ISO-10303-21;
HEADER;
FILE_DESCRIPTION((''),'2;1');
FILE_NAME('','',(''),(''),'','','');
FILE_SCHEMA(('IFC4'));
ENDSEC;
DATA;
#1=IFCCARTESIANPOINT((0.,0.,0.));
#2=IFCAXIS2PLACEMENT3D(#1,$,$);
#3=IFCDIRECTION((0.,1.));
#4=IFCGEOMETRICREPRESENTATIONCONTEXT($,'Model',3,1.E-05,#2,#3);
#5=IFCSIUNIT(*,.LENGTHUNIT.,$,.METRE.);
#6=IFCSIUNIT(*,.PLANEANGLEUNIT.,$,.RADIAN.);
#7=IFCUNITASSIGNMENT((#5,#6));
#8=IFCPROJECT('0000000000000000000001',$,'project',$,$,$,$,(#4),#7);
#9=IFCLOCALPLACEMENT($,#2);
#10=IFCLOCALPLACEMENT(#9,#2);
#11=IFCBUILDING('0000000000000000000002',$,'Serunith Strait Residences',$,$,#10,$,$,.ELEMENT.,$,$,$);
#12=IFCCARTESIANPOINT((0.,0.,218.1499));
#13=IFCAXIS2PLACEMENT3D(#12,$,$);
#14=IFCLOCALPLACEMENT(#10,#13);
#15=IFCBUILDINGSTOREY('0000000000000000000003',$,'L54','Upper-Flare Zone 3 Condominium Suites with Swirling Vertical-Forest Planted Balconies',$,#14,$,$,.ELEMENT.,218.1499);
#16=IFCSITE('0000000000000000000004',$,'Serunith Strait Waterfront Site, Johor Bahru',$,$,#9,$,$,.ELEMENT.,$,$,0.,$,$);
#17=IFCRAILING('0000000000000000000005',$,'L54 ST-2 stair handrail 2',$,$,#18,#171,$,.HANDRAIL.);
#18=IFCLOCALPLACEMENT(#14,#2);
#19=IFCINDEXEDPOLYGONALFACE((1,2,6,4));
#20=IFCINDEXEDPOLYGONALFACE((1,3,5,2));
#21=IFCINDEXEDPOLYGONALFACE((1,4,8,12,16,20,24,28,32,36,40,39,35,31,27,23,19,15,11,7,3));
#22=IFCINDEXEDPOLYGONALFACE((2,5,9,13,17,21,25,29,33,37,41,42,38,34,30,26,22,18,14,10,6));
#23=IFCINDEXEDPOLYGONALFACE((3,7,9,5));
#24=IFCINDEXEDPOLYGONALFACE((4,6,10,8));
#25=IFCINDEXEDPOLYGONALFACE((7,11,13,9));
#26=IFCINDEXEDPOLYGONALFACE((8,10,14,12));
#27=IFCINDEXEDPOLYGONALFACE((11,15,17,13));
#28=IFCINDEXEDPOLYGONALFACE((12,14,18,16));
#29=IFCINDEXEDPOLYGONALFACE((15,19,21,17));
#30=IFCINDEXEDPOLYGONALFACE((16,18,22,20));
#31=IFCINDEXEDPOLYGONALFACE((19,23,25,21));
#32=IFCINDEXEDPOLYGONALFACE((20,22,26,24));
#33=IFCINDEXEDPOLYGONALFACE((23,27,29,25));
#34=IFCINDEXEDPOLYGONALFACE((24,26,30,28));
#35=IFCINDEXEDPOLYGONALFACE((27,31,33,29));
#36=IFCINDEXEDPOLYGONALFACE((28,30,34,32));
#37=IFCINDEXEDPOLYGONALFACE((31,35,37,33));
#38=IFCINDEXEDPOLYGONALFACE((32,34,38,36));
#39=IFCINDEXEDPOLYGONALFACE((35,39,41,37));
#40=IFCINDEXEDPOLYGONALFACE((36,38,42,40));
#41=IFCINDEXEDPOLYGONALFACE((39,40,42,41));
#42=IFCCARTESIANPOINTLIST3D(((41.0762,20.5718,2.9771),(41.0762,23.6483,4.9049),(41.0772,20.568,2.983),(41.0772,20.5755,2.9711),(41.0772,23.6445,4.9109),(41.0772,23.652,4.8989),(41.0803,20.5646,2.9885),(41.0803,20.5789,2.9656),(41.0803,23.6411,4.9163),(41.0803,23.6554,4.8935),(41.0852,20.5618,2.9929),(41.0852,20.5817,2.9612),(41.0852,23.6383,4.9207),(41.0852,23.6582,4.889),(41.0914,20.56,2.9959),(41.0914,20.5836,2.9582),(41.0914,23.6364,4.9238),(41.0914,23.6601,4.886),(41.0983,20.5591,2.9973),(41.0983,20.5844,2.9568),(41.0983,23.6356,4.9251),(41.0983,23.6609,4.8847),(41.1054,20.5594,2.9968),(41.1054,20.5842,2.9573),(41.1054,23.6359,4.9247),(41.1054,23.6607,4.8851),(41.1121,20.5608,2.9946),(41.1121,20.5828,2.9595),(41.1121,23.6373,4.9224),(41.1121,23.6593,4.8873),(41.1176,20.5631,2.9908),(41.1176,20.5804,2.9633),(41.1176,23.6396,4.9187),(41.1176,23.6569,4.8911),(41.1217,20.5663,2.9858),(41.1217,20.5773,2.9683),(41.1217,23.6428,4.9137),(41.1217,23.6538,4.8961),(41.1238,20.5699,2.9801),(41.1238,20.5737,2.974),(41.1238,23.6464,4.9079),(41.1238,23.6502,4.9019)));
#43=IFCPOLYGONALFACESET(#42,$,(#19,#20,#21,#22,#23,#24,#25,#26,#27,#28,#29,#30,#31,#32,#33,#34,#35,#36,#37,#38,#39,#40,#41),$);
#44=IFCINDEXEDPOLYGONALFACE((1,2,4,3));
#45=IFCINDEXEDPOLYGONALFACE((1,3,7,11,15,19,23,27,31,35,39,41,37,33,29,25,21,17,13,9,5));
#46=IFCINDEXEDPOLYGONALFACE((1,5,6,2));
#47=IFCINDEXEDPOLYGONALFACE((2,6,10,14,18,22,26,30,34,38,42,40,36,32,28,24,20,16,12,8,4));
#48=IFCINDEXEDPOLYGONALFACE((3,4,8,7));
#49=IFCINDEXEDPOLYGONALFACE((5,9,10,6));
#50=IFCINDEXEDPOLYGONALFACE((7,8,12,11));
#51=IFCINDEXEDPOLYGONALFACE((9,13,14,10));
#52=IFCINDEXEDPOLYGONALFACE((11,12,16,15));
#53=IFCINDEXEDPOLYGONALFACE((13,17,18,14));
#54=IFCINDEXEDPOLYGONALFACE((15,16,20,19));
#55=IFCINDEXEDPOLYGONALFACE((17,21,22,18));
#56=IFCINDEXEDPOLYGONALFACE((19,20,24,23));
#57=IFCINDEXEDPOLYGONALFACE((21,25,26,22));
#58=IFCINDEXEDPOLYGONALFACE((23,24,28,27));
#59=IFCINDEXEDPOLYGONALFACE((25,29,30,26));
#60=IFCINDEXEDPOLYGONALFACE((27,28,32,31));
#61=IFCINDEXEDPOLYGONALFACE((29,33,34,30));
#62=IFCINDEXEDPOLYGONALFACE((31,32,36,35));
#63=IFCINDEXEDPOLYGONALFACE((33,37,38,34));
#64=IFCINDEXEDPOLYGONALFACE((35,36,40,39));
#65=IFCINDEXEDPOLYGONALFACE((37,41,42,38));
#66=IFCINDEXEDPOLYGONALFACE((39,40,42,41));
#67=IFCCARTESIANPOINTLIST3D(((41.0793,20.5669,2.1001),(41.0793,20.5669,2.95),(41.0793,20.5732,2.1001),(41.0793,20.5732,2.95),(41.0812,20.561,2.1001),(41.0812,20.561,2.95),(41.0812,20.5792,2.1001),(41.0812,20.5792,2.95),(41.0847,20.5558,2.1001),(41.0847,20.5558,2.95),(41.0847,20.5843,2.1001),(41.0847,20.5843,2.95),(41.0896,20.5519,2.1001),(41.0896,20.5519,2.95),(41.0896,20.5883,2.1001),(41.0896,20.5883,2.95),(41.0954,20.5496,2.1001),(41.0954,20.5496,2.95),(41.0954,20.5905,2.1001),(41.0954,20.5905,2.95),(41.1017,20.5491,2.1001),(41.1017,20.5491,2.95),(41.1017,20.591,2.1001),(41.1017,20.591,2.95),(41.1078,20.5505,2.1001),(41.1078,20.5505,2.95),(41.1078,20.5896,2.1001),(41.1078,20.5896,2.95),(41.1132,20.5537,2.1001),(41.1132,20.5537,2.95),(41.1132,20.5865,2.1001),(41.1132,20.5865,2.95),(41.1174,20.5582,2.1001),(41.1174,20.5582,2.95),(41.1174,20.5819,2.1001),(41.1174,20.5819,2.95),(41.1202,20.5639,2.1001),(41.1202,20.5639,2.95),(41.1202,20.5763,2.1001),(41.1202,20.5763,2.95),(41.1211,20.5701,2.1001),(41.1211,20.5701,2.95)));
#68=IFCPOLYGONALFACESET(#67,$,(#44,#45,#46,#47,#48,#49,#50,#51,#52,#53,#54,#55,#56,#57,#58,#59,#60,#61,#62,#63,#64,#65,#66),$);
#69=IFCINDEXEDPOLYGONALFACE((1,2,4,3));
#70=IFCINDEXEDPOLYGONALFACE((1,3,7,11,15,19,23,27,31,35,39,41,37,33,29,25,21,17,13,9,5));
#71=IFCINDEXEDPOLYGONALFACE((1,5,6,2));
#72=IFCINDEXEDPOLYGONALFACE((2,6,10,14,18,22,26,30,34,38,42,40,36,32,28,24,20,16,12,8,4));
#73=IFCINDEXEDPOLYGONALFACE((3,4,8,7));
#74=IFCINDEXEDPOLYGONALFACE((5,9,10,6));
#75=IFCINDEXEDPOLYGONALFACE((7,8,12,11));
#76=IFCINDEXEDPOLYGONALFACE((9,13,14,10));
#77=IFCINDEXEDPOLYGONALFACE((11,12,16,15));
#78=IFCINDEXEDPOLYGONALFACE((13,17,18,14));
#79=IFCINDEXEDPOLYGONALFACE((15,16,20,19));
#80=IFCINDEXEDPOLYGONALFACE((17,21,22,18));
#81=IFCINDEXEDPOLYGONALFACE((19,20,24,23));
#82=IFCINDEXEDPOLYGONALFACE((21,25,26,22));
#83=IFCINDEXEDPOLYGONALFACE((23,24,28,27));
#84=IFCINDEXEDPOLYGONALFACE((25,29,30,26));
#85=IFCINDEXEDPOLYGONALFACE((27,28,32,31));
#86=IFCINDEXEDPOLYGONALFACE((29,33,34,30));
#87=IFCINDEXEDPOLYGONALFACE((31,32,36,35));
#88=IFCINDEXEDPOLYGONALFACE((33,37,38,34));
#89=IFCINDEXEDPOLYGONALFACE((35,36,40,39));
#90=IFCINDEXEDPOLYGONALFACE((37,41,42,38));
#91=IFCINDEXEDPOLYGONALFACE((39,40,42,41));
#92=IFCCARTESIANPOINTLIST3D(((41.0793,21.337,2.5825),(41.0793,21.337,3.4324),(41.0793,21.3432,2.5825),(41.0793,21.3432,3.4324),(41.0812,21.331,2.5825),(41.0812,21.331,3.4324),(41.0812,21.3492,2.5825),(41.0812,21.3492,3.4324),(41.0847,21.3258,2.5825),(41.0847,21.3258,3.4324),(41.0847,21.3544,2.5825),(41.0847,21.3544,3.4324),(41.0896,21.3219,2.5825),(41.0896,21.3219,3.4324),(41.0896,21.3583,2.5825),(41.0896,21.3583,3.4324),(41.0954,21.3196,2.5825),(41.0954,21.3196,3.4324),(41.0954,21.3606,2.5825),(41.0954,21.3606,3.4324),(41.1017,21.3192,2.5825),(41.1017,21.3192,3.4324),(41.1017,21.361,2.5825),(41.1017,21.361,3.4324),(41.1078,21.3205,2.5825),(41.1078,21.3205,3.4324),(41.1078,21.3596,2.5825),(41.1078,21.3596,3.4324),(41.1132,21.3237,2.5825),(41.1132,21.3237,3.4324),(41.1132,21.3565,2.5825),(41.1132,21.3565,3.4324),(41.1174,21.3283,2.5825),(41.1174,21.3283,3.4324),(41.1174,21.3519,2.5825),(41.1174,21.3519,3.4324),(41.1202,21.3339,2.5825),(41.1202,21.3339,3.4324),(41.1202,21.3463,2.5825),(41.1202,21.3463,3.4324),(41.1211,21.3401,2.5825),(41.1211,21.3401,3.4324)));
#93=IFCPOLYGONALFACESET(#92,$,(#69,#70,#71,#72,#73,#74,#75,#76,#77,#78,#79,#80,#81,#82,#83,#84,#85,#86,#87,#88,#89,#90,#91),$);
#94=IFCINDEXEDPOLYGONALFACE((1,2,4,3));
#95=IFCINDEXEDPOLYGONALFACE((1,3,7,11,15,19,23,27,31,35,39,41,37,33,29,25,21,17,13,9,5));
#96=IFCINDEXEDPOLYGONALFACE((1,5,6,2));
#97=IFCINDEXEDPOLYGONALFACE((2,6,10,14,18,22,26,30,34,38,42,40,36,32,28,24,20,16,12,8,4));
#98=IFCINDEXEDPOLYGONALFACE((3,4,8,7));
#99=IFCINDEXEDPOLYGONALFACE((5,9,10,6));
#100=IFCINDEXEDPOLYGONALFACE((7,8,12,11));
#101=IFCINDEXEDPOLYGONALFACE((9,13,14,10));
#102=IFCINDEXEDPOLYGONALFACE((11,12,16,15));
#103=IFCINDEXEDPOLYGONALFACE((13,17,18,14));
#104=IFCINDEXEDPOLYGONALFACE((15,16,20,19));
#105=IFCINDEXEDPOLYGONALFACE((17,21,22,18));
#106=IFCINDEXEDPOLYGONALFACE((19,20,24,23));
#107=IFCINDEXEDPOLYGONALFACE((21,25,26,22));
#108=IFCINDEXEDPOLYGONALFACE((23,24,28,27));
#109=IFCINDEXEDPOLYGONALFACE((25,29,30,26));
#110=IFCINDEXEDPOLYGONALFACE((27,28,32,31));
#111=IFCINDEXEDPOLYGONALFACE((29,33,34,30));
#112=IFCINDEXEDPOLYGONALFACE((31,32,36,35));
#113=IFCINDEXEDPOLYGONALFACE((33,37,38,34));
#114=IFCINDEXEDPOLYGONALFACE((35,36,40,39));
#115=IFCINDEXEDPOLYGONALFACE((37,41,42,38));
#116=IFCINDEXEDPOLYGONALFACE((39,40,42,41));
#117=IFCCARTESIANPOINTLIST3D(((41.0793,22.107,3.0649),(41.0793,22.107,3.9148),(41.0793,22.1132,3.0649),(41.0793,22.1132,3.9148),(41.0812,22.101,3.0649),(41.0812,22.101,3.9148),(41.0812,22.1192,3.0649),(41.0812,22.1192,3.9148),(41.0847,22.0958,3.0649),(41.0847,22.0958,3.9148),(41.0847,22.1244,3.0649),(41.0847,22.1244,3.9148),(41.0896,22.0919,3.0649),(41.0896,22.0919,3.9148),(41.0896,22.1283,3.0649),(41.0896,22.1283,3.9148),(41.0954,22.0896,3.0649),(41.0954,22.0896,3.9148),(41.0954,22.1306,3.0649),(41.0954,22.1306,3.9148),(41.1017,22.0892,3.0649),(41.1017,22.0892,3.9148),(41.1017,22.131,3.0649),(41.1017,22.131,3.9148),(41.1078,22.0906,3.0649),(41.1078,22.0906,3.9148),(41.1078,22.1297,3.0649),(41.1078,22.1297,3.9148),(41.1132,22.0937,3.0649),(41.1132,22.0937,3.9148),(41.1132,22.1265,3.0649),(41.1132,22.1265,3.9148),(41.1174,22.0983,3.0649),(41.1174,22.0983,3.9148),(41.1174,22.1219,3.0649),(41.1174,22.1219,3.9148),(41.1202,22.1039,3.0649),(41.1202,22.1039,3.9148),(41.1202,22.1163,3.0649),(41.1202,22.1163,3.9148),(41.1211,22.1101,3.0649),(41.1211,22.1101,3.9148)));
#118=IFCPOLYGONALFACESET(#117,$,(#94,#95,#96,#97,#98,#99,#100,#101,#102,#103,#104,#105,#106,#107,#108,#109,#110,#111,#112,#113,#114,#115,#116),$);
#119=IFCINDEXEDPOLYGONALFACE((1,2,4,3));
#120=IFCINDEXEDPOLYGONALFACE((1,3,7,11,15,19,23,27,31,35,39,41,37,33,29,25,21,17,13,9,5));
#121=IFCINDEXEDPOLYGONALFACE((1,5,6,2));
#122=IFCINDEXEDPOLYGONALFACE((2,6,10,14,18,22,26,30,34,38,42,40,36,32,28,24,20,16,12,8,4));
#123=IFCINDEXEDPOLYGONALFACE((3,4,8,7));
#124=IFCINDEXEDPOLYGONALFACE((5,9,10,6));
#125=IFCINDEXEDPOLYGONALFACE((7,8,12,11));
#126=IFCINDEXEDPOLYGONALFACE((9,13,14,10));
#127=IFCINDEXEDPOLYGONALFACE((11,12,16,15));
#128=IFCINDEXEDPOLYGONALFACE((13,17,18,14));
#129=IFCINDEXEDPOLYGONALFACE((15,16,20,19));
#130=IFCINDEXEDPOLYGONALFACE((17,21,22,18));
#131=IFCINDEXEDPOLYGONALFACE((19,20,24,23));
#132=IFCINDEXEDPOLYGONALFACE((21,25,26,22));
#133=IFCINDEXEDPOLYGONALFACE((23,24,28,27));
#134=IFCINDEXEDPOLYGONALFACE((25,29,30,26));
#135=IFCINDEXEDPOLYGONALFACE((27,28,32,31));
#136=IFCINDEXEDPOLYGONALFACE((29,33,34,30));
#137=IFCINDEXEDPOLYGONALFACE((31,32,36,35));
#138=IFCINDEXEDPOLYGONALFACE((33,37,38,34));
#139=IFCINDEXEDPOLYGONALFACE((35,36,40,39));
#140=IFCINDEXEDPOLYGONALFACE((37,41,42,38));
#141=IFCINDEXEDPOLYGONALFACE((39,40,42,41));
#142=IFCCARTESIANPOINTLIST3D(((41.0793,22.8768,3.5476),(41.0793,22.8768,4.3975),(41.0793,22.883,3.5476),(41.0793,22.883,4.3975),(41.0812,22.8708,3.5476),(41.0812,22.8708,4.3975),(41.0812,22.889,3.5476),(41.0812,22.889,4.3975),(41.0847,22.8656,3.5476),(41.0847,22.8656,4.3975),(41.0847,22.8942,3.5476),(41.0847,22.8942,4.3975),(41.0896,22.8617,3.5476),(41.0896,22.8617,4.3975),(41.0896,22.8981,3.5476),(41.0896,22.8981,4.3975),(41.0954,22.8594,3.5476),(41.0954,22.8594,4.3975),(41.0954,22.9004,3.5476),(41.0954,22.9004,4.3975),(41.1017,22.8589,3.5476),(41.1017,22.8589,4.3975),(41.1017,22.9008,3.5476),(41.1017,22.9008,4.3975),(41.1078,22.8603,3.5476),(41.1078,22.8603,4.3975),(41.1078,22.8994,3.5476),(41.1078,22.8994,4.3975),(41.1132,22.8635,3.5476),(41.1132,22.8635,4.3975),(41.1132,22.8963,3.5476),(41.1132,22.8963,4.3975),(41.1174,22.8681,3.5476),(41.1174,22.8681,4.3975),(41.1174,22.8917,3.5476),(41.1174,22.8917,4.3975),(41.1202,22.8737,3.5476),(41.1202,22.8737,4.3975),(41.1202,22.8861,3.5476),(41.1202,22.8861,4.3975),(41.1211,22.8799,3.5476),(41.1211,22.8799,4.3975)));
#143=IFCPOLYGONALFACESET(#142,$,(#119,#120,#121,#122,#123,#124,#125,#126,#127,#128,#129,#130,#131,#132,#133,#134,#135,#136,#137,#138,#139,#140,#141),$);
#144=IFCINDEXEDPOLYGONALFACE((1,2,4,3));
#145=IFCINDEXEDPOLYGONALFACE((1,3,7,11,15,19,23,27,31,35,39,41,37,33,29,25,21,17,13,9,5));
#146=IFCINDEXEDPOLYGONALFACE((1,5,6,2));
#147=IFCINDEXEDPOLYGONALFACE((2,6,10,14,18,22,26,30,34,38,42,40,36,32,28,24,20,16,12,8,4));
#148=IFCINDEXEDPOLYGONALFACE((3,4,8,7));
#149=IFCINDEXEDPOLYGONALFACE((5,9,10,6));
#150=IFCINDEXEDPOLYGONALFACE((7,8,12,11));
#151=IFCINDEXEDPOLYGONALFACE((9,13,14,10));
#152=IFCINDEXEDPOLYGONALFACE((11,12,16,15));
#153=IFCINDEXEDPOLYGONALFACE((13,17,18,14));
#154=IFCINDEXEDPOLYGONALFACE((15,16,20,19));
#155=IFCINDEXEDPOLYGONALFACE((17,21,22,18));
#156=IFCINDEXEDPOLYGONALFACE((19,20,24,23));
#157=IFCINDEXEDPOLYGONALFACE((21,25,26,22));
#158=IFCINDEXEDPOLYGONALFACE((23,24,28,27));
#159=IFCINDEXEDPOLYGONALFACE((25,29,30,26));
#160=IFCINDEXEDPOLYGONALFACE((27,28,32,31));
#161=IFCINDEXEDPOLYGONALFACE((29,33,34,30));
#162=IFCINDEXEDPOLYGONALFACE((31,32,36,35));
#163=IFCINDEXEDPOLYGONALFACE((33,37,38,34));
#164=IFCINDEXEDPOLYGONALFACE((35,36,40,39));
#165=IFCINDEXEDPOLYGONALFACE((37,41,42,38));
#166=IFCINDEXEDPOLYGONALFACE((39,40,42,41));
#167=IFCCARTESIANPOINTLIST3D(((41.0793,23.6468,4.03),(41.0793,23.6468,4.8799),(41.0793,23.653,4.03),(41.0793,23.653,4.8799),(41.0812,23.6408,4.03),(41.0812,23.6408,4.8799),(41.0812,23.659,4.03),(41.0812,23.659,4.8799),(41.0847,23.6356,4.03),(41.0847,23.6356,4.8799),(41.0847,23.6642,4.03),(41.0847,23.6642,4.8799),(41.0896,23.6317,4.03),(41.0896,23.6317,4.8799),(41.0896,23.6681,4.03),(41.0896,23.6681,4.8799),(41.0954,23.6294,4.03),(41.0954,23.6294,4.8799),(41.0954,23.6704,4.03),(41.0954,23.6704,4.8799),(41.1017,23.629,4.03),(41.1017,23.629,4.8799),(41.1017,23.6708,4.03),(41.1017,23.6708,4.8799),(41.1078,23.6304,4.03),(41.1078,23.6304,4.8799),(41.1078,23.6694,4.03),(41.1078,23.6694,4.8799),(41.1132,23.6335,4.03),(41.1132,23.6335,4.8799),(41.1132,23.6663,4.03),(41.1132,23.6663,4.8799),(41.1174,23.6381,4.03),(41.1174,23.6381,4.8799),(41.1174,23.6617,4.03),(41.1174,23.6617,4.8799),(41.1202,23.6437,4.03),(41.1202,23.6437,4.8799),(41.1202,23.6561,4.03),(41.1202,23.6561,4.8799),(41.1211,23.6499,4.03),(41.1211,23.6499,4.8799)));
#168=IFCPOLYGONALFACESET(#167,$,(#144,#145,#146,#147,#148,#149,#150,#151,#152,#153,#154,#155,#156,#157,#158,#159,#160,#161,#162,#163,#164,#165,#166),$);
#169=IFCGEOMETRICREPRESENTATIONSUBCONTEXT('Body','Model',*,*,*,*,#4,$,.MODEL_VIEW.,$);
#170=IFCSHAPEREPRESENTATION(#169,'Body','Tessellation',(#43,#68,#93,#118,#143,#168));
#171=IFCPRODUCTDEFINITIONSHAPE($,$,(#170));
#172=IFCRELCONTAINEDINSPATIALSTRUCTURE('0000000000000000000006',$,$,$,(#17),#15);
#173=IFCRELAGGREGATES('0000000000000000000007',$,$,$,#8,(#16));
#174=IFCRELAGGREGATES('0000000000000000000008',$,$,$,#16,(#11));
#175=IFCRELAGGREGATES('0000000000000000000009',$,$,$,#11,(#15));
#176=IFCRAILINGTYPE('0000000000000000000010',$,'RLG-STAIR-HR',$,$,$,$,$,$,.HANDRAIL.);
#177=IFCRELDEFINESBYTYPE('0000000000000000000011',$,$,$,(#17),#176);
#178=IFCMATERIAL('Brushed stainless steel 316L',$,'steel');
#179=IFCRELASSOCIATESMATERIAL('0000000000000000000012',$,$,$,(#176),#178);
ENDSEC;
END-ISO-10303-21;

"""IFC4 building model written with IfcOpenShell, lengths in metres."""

from ifc_helpers import new_model, si_unit, direction, frame, origin, origin_2d, place, context, subcontext, project, spatial, circle, extrude, material, type_object, element, save


model = new_model("IFC4")

# Units and contexts
model_context = context("Model", 3, precision=1e-05, world=origin(), true_north=direction((0.0, 1.0)))
body_context = subcontext(model_context, "Body", "Model", "MODEL_VIEW")
ifc_project = project(units=[si_unit("LENGTHUNIT", "METRE"), si_unit("PLANEANGLEUNIT", "RADIAN")], contexts=[model_context])

# Site, building, storey
site_placement = place(None, origin())
site = spatial("IfcSite", under=ifc_project, at=site_placement, Name="Serunith Strait Waterfront Site, Johor Bahru", CompositionType="ELEMENT", RefElevation=0.0)
building_placement = place(site_placement, origin())
building = spatial("IfcBuilding", under=site, at=building_placement, Name="Serunith Strait Residences", CompositionType="ELEMENT")
storey_placement = place(building_placement, frame((0.0, 0.0, 218.1499)))
storey = spatial("IfcBuildingStorey", under=building, at=storey_placement, Name="L54", Description="Upper-Flare Zone 3 Condominium Suites with Swirling Vertical-Forest Planted Balconies", CompositionType="ELEMENT", Elevation=218.1499)

# Railing
ifc_material_1 = material(Name="Brushed stainless steel 316L", Category="steel")
railing_type_1 = type_object("IfcRailingType", Name="RLG-STAIR-HR", PredefinedType="HANDRAIL", material=ifc_material_1)
railing_1_placement = place(storey_placement, frame((41.1001, 20.5701, 2.1001)))
element("IfcRailing", 1, at=railing_1_placement, inside=storey, type_object=railing_type_1, Name="L54 ST-2 stair handrail 2", PredefinedType="HANDRAIL", context=body_context, shape_type="SweptSolid", body=[
    extrude(circle(Radius=0.0239, at=origin_2d()), frame((0.0, 0.0017, 0.877), z_axis=(0.0, 0.847375, 0.530995), x_axis=(-1.0, 0.0, 0.0)), (0.0, 0.0, 1.0), 3.6306),
    extrude(circle(Radius=0.021, at=origin_2d()), origin(), (0.0, 0.0, 1.0), 0.8499),
    extrude(circle(Radius=0.021, at=origin_2d()), frame((0.0, 0.77, 0.4824)), (0.0, 0.0, 1.0), 0.8499),
    extrude(circle(Radius=0.021, at=origin_2d()), frame((0.0, 1.54, 0.9648)), (0.0, 0.0, 1.0), 0.8499),
    extrude(circle(Radius=0.021, at=origin_2d()), frame((0.0, 2.3098, 1.4475)), (0.0, 0.0, 1.0), 0.8499),
    extrude(circle(Radius=0.021, at=origin_2d()), frame((0.0, 3.0798, 1.9299)), (0.0, 0.0, 1.0), 0.8499),
])

save(model, "model.ifc")
